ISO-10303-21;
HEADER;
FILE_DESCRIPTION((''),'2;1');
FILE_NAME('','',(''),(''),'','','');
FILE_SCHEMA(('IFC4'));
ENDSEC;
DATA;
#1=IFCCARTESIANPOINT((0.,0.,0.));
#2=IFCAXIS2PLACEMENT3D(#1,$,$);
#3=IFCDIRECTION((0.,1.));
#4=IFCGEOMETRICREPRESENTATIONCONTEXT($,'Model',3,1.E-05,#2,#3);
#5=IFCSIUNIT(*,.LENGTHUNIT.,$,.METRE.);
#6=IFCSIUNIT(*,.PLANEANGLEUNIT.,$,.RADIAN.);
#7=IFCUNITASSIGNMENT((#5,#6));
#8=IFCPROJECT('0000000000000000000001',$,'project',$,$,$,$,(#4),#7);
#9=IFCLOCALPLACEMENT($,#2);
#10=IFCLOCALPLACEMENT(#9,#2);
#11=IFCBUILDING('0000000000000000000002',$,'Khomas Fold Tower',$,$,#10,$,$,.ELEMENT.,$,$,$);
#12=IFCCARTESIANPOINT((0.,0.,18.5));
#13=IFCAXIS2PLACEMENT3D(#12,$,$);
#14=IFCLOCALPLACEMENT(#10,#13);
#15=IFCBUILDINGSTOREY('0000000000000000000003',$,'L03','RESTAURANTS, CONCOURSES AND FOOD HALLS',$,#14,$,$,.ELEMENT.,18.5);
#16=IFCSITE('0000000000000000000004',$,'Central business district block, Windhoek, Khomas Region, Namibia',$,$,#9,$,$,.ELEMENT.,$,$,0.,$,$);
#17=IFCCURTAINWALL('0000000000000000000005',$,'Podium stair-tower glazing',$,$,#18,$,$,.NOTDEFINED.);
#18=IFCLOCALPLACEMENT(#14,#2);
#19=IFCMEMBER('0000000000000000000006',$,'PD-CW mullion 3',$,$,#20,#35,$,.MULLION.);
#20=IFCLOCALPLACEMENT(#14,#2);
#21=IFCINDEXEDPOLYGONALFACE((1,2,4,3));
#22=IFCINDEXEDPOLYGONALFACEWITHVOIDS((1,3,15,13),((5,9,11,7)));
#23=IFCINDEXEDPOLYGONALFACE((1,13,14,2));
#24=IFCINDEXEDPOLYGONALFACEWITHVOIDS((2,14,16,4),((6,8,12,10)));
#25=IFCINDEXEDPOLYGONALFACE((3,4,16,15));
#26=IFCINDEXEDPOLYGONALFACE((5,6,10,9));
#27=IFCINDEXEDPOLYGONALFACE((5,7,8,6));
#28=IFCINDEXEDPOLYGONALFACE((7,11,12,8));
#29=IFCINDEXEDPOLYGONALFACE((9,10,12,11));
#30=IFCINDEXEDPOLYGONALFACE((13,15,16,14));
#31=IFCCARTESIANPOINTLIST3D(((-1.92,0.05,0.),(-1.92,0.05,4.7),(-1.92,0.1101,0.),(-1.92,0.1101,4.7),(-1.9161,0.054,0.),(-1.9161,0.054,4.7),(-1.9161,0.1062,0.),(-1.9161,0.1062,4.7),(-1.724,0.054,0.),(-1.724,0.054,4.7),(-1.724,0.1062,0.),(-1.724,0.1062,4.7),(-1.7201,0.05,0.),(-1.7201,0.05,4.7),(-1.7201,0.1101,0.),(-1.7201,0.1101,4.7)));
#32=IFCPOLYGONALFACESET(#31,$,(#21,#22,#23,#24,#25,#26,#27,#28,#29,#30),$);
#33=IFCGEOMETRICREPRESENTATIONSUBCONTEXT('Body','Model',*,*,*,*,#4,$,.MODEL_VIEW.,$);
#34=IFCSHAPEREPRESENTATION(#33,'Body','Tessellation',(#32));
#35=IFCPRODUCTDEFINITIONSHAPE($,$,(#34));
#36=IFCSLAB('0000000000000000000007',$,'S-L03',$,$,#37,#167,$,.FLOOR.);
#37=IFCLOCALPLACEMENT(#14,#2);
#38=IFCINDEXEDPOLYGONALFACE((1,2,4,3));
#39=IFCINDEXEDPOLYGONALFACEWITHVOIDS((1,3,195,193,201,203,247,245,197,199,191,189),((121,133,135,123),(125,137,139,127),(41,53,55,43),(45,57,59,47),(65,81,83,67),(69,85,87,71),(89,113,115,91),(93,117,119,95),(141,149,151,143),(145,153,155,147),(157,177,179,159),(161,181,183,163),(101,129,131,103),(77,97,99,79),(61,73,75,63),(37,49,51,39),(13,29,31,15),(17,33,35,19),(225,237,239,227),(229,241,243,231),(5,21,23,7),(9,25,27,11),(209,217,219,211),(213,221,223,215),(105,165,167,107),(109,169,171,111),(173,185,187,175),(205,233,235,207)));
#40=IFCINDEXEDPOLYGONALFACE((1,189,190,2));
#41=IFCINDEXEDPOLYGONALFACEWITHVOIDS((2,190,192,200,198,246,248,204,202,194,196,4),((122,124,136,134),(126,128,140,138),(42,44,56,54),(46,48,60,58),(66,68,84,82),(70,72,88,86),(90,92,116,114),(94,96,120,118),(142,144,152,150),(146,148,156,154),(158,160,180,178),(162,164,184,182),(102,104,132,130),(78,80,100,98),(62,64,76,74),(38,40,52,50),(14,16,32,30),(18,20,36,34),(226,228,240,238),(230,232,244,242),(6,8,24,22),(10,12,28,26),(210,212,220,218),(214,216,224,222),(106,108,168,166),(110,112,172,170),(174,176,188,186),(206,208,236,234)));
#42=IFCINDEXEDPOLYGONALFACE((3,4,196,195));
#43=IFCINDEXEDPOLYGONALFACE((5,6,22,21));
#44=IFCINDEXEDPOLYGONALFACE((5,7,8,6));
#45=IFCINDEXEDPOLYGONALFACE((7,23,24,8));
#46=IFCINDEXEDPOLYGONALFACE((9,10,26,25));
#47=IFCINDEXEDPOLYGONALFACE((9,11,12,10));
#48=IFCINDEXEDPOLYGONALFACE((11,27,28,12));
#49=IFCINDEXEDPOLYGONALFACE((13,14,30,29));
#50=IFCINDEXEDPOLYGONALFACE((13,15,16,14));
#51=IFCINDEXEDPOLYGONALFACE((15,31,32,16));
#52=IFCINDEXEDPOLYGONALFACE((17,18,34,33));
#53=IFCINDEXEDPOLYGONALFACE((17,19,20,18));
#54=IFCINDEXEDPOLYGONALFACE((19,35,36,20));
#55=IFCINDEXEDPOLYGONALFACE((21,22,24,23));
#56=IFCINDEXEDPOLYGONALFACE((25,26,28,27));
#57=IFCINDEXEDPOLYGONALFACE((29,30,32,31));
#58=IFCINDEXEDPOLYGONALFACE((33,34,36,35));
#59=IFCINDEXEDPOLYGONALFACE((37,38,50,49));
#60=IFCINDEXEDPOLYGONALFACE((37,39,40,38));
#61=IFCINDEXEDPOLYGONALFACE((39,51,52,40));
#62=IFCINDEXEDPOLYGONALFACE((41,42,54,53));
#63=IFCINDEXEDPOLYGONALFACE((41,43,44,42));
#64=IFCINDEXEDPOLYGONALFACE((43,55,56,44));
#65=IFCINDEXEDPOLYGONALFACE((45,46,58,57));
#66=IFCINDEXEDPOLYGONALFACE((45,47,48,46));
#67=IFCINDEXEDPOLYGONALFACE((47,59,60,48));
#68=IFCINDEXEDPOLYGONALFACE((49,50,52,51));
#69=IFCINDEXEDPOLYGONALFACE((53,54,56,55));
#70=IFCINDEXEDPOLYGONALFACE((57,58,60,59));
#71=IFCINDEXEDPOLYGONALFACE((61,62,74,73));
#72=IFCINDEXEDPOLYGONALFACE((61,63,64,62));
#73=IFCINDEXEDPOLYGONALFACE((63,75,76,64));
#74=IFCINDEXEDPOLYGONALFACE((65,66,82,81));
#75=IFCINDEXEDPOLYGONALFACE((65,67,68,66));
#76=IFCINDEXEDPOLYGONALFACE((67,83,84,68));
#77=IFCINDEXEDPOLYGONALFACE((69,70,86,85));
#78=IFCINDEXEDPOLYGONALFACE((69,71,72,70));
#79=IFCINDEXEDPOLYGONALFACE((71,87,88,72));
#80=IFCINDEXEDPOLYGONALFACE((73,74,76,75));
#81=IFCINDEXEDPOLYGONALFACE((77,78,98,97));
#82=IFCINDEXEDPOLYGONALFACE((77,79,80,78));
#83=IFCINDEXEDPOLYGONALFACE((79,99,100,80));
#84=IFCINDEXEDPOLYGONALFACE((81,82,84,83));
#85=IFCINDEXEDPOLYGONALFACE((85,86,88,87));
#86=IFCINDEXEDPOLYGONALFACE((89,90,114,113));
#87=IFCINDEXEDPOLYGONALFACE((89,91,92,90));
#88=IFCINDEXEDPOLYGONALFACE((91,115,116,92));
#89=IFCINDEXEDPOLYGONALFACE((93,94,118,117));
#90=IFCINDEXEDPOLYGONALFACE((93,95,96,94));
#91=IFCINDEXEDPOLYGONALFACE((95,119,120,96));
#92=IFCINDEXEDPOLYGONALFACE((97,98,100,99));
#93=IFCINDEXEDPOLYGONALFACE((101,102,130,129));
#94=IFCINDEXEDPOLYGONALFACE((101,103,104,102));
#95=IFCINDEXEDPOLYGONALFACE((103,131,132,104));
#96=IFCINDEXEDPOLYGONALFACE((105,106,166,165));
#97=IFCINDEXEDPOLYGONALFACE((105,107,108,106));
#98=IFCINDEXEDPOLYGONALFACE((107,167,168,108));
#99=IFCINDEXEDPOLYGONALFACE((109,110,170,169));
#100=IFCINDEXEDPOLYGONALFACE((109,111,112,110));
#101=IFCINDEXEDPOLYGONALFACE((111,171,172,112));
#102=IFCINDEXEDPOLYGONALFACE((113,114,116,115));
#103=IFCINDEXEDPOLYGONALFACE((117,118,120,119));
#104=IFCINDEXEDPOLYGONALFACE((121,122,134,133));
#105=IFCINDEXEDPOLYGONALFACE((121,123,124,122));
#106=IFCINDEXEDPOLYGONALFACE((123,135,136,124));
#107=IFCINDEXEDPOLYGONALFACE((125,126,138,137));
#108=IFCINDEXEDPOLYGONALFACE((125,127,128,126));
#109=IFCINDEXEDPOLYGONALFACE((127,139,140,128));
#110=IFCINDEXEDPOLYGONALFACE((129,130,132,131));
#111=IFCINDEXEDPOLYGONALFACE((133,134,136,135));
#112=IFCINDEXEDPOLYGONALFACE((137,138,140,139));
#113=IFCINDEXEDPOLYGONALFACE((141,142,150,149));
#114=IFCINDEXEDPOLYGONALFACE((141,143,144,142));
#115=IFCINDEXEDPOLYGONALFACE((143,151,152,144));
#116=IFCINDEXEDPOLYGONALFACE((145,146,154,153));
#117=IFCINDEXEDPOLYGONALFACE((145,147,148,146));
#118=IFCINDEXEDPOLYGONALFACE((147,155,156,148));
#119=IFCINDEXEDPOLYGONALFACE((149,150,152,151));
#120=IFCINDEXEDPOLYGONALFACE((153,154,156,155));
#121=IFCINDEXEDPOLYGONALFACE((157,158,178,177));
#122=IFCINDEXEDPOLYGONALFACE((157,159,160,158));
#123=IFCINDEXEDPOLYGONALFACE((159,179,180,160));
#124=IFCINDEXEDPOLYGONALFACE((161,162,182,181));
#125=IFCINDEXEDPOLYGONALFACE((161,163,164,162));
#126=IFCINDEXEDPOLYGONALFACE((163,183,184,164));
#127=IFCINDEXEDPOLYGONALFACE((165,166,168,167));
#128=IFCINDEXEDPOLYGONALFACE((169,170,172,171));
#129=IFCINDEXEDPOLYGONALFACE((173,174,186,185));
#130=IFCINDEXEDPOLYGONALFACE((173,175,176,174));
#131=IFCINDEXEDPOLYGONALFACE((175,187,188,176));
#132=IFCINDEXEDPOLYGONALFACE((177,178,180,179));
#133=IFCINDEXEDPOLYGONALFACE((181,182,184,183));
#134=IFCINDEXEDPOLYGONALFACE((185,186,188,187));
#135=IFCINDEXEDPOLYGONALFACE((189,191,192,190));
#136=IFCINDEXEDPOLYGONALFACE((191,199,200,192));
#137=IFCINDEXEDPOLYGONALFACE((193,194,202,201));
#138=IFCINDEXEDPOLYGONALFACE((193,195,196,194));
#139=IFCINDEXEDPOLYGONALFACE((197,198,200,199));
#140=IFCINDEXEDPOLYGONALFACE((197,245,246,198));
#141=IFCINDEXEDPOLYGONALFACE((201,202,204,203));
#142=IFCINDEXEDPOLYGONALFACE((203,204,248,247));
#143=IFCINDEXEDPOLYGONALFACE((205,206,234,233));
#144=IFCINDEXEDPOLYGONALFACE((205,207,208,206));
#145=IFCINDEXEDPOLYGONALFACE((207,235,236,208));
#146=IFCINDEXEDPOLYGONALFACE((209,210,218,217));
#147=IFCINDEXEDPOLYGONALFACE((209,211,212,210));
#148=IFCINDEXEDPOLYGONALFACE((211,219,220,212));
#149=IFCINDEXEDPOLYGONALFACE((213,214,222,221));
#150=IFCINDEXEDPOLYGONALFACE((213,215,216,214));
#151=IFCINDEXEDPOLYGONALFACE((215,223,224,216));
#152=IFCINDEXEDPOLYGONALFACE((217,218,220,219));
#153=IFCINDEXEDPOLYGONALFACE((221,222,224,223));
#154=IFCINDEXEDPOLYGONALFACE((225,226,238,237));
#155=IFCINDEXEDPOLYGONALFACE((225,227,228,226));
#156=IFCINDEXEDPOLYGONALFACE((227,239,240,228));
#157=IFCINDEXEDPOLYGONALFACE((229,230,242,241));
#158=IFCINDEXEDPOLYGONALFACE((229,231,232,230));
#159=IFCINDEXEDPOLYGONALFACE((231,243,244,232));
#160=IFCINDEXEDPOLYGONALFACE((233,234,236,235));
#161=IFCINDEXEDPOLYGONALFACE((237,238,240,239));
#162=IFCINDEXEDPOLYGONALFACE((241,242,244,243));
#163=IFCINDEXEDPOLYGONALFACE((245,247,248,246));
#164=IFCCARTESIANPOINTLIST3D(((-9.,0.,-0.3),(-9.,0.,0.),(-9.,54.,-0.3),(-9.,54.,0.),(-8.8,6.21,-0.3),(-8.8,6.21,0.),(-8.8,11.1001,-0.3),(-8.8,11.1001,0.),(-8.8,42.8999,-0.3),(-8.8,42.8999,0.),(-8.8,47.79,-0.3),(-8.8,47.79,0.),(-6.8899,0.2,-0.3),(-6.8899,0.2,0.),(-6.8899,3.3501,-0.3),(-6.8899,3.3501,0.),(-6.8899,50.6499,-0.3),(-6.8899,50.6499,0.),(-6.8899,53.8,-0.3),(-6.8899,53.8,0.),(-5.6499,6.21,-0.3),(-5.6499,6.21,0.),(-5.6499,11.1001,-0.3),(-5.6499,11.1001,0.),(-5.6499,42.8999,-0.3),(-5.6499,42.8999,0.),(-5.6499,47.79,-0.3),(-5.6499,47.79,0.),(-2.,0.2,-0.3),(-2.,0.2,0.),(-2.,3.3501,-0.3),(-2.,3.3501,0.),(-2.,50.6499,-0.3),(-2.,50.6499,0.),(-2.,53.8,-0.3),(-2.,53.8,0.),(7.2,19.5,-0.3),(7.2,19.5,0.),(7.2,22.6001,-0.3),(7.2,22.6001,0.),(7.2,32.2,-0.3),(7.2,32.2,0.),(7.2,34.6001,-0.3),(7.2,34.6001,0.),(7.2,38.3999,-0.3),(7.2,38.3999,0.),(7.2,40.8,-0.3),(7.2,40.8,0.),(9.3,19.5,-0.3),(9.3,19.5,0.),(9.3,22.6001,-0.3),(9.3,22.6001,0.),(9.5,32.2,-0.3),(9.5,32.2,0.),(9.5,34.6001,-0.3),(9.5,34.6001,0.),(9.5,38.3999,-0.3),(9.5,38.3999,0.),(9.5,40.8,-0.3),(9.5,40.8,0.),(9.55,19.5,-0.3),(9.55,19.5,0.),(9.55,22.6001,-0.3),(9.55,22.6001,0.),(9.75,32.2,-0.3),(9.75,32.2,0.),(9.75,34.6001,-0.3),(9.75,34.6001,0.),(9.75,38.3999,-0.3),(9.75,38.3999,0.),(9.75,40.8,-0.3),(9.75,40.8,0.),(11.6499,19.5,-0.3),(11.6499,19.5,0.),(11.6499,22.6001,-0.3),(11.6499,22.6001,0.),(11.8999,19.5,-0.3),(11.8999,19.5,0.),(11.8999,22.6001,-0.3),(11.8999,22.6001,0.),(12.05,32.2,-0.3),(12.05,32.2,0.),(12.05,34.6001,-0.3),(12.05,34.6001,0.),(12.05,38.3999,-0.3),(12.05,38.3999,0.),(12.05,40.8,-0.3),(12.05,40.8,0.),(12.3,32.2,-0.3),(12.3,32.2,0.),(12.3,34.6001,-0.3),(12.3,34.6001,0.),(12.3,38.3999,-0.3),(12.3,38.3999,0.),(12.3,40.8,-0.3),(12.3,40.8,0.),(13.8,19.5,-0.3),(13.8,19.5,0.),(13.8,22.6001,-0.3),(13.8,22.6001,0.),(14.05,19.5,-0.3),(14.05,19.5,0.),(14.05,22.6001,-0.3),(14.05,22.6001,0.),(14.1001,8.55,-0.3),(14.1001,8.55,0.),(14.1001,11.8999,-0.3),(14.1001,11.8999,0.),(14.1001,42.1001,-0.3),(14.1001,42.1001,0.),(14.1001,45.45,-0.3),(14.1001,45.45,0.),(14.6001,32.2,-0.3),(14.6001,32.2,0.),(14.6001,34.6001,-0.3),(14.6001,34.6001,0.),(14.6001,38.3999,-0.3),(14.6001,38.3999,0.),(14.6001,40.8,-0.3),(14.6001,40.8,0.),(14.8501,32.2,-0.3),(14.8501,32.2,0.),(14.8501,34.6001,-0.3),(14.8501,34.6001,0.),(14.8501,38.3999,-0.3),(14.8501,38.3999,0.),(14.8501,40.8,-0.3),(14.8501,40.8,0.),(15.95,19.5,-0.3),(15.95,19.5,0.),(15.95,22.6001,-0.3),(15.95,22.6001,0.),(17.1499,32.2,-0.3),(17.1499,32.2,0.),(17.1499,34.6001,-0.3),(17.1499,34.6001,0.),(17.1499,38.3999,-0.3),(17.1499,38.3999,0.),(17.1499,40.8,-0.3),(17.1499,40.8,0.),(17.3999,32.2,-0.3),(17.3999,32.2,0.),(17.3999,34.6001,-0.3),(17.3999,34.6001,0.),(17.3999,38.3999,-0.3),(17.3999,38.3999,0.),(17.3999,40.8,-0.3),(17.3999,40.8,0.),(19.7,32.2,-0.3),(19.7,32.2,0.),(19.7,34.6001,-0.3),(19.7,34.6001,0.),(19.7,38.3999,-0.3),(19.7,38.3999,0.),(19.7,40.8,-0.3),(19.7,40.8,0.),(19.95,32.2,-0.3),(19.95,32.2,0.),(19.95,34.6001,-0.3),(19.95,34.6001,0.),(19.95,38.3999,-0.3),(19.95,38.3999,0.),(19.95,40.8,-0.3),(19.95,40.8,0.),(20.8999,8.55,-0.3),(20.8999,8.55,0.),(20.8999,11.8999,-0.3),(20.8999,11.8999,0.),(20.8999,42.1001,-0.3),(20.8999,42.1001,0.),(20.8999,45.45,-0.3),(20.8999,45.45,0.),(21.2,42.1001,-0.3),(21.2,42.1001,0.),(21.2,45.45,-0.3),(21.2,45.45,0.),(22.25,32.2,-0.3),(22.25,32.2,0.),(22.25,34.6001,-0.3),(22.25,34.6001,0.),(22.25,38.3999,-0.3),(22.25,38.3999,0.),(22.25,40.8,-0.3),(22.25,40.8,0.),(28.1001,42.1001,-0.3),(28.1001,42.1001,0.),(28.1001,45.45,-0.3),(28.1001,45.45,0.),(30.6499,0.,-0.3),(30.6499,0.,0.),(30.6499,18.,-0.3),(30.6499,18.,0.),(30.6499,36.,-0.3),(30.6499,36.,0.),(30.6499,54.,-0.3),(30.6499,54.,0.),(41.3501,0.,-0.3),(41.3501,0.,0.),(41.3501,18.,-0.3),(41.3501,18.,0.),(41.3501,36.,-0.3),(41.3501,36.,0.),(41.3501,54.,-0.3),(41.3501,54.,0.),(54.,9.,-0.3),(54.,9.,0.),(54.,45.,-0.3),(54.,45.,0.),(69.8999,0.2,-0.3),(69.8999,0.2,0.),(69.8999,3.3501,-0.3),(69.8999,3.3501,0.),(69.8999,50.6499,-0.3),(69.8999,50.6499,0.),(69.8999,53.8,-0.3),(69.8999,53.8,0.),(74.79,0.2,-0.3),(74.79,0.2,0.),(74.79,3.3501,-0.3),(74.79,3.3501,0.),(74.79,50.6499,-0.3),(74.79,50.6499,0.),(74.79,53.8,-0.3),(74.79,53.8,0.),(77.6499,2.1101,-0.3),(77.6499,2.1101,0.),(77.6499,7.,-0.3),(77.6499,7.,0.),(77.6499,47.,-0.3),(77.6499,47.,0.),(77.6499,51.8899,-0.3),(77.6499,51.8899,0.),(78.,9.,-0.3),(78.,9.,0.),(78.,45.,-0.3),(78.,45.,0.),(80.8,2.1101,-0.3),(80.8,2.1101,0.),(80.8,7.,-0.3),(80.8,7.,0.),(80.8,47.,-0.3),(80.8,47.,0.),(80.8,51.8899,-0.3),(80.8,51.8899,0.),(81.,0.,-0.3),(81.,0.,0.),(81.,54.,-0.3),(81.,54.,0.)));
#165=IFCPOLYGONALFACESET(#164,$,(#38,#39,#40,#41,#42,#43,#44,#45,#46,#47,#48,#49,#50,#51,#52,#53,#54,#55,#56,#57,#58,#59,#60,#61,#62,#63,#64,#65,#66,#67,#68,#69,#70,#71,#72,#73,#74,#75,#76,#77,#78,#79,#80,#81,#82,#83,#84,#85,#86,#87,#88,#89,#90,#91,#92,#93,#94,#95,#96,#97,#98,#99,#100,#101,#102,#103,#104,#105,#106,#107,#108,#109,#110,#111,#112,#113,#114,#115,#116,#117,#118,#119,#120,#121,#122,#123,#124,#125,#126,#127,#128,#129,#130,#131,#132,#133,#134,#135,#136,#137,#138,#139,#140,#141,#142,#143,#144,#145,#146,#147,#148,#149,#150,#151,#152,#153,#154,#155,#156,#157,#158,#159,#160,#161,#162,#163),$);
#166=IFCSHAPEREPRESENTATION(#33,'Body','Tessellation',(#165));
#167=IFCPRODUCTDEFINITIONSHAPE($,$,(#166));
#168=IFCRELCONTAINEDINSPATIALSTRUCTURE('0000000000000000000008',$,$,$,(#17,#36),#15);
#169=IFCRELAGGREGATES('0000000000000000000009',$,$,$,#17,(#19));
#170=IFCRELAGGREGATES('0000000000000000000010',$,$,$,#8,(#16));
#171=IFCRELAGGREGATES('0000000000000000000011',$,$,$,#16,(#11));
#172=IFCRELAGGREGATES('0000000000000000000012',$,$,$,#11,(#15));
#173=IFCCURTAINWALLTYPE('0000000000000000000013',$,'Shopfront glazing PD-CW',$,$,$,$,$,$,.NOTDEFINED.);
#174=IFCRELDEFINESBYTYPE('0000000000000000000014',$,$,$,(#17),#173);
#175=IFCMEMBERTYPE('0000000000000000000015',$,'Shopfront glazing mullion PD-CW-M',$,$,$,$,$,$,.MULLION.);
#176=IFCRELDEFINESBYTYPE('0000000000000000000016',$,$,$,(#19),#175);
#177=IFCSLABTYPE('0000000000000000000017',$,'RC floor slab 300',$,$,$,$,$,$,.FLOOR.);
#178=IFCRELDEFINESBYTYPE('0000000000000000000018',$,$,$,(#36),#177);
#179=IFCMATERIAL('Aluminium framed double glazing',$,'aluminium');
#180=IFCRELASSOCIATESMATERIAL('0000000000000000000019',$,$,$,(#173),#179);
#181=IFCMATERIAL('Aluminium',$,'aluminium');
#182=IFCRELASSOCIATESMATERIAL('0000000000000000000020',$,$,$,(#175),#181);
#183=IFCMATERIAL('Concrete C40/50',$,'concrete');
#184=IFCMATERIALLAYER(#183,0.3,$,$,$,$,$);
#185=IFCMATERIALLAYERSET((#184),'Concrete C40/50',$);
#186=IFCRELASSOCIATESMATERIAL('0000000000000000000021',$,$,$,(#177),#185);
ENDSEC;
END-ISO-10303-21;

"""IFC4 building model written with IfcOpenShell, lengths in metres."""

from ifc_helpers import new_model, si_unit, direction, frame, origin, origin_2d, place, context, subcontext, project, spatial, polyline, hollow_rectangle, outline, extrude, source, transform, mapped, material, layer, layer_set, material_profile, profile_set, type_object, element, aggregate, save


model = new_model("IFC4")

# Units and contexts
model_context = context("Model", 3, precision=1e-05, world=origin(), true_north=direction((0.0, 1.0)))
body_context = subcontext(model_context, "Body", "Model", "MODEL_VIEW")
ifc_project = project(units=[si_unit("LENGTHUNIT", "METRE"), si_unit("PLANEANGLEUNIT", "RADIAN")], contexts=[model_context])

# Site, building, storey
site_placement = place(None, origin())
site = spatial("IfcSite", under=ifc_project, at=site_placement, Name="Central business district block, Windhoek, Khomas Region, Namibia", CompositionType="ELEMENT", RefElevation=0.0)
building_placement = place(site_placement, origin())
building = spatial("IfcBuilding", under=site, at=building_placement, Name="Khomas Fold Tower", CompositionType="ELEMENT")
storey_placement = place(building_placement, frame((0.0, 0.0, 18.5)))
storey = spatial("IfcBuildingStorey", under=building, at=storey_placement, Name="L03", Description="RESTAURANTS, CONCOURSES AND FOOD HALLS", CompositionType="ELEMENT", Elevation=18.5)

# Curtain wall, member
ifc_material_1 = material(Name="Aluminium framed double glazing", Category="aluminium")
curtain_wall_type = type_object("IfcCurtainWallType", Name="Shopfront glazing PD-CW", PredefinedType="NOTDEFINED", material=ifc_material_1)
curtain_wall_placement = place(storey_placement, origin())
curtain_wall = element("IfcCurtainWall", 1, at=curtain_wall_placement, inside=storey, type_object=curtain_wall_type, Name="Podium stair-tower glazing", PredefinedType="NOTDEFINED")
ifc_material_2 = material(Name="Aluminium", Category="aluminium")
ifc_material_profile = material_profile(ifc_material_2, hollow_rectangle(XDim=0.0601, YDim=0.2, WallThickness=0.0039, at=origin_2d()), Name="Shopfront glazing mullion PD-CW-M")
ifc_profile_set = profile_set([ifc_material_profile], Name="Aluminium")
member_type = type_object("IfcMemberType", Name="Shopfront glazing mullion PD-CW-M", PredefinedType="MULLION", material=ifc_profile_set)
shared_shape_1 = source(origin(), body_context, "Body", "SweptSolid", [
    extrude(hollow_rectangle(XDim=0.0601, YDim=0.2, WallThickness=0.0039, at=origin_2d()), origin(), (0.0, 0.0, 1.0), 4.7),
])
member_placement = place(storey_placement, frame((-1.8201, 0.0801, 0.0), z_axis=(0.0, 0.0, 1.0), x_axis=(0.0, 1.0, 0.0)))
member = element("IfcMember", 2, at=member_placement, type_object=member_type, Name="PD-CW mullion 3", PredefinedType="MULLION", context=body_context, shape_type="MappedRepresentation", body=[
    mapped(shared_shape_1, transform((0.0, 0.0, 0.0))),
])

# Slab
ifc_material_3 = material(Name="Concrete C40/50", Category="concrete")
ifc_layer_1 = layer(ifc_material_3, 0.3)
ifc_layer_set_1 = layer_set([ifc_layer_1], Name="Concrete C40/50")
slab_type_1 = type_object("IfcSlabType", Name="RC floor slab 300", PredefinedType="FLOOR", material=ifc_layer_set_1)
shared_shape_2 = source(origin(), body_context, "Body", "SweptSolid", [
    extrude(outline(polyline([(-9.0, 0.0), (30.6499, 0.0), (30.6499, 18.0), (41.3501, 18.0), (41.3501, 0.0), (81.0, 0.0), (81.0, 54.0), (41.3501, 54.0), (41.3501, 36.0), (30.6499, 36.0), (30.6499, 54.0), (-9.0, 54.0), (-9.0, 0.0)]), holes=[polyline([(-8.8, 6.21), (-8.8, 11.1001), (-5.6499, 11.1001), (-5.6499, 6.21), (-8.8, 6.21)]), polyline([(-8.8, 42.8999), (-8.8, 47.79), (-5.6499, 47.79), (-5.6499, 42.8999), (-8.8, 42.8999)]), polyline([(-6.8899, 0.2), (-6.8899, 3.3501), (-2.0, 3.3501), (-2.0, 0.2), (-6.8899, 0.2)]), polyline([(-6.8899, 50.6499), (-6.8899, 53.8), (-2.0, 53.8), (-2.0, 50.6499), (-6.8899, 50.6499)]), polyline([(7.2, 19.5), (7.2, 22.6001), (9.3, 22.6001), (9.3, 19.5), (7.2, 19.5)]), polyline([(7.2, 32.2), (7.2, 34.6001), (9.5, 34.6001), (9.5, 32.2), (7.2, 32.2)]), polyline([(7.2, 38.3999), (7.2, 40.8), (9.5, 40.8), (9.5, 38.3999), (7.2, 38.3999)]), polyline([(9.55, 19.5), (9.55, 22.6001), (11.6499, 22.6001), (11.6499, 19.5), (9.55, 19.5)]), polyline([(9.75, 32.2), (9.75, 34.6001), (12.05, 34.6001), (12.05, 32.2), (9.75, 32.2)]), polyline([(9.75, 38.3999), (9.75, 40.8), (12.05, 40.8), (12.05, 38.3999), (9.75, 38.3999)]), polyline([(11.8999, 19.5), (11.8999, 22.6001), (13.8, 22.6001), (13.8, 19.5), (11.8999, 19.5)]), polyline([(12.3, 32.2), (12.3, 34.6001), (14.6001, 34.6001), (14.6001, 32.2), (12.3, 32.2)]), polyline([(12.3, 38.3999), (12.3, 40.8), (14.6001, 40.8), (14.6001, 38.3999), (12.3, 38.3999)]), polyline([(14.05, 19.5), (14.05, 22.6001), (15.95, 22.6001), (15.95, 19.5), (14.05, 19.5)]), polyline([(14.1001, 8.55), (14.1001, 11.8999), (20.8999, 11.8999), (20.8999, 8.55), (14.1001, 8.55)]), polyline([(14.1001, 42.1001), (14.1001, 45.45), (20.8999, 45.45), (20.8999, 42.1001), (14.1001, 42.1001)]), polyline([(14.8501, 32.2), (14.8501, 34.6001), (17.1499, 34.6001), (17.1499, 32.2), (14.8501, 32.2)]), polyline([(14.8501, 38.3999), (14.8501, 40.8), (17.1499, 40.8), (17.1499, 38.3999), (14.8501, 38.3999)]), polyline([(17.3999, 32.2), (17.3999, 34.6001), (19.7, 34.6001), (19.7, 32.2), (17.3999, 32.2)]), polyline([(17.3999, 38.3999), (17.3999, 40.8), (19.7, 40.8), (19.7, 38.3999), (17.3999, 38.3999)]), polyline([(19.95, 32.2), (19.95, 34.6001), (22.25, 34.6001), (22.25, 32.2), (19.95, 32.2)]), polyline([(19.95, 38.3999), (19.95, 40.8), (22.25, 40.8), (22.25, 38.3999), (19.95, 38.3999)]), polyline([(21.2, 42.1001), (21.2, 45.45), (28.1001, 45.45), (28.1001, 42.1001), (21.2, 42.1001)]), polyline([(54.0, 9.0), (54.0, 45.0), (78.0, 45.0), (78.0, 9.0), (54.0, 9.0)]), polyline([(69.8999, 0.2), (69.8999, 3.3501), (74.79, 3.3501), (74.79, 0.2), (69.8999, 0.2)]), polyline([(69.8999, 50.6499), (69.8999, 53.8), (74.79, 53.8), (74.79, 50.6499), (69.8999, 50.6499)]), polyline([(77.6499, 2.1101), (77.6499, 7.0), (80.8, 7.0), (80.8, 2.1101), (77.6499, 2.1101)]), polyline([(77.6499, 47.0), (77.6499, 51.8899), (80.8, 51.8899), (80.8, 47.0), (77.6499, 47.0)])]), origin(), (0.0, 0.0, 1.0), 0.3),
])
slab_1_placement = place(storey_placement, frame((0.0, 0.0, -0.3)))
element("IfcSlab", 3, at=slab_1_placement, inside=storey, type_object=slab_type_1, Name="S-L03", PredefinedType="FLOOR", context=body_context, shape_type="MappedRepresentation", body=[
    mapped(shared_shape_2, transform((0.0, 0.0, 0.0))),
])

aggregate(curtain_wall, [member])

save(model, "model.ifc")
